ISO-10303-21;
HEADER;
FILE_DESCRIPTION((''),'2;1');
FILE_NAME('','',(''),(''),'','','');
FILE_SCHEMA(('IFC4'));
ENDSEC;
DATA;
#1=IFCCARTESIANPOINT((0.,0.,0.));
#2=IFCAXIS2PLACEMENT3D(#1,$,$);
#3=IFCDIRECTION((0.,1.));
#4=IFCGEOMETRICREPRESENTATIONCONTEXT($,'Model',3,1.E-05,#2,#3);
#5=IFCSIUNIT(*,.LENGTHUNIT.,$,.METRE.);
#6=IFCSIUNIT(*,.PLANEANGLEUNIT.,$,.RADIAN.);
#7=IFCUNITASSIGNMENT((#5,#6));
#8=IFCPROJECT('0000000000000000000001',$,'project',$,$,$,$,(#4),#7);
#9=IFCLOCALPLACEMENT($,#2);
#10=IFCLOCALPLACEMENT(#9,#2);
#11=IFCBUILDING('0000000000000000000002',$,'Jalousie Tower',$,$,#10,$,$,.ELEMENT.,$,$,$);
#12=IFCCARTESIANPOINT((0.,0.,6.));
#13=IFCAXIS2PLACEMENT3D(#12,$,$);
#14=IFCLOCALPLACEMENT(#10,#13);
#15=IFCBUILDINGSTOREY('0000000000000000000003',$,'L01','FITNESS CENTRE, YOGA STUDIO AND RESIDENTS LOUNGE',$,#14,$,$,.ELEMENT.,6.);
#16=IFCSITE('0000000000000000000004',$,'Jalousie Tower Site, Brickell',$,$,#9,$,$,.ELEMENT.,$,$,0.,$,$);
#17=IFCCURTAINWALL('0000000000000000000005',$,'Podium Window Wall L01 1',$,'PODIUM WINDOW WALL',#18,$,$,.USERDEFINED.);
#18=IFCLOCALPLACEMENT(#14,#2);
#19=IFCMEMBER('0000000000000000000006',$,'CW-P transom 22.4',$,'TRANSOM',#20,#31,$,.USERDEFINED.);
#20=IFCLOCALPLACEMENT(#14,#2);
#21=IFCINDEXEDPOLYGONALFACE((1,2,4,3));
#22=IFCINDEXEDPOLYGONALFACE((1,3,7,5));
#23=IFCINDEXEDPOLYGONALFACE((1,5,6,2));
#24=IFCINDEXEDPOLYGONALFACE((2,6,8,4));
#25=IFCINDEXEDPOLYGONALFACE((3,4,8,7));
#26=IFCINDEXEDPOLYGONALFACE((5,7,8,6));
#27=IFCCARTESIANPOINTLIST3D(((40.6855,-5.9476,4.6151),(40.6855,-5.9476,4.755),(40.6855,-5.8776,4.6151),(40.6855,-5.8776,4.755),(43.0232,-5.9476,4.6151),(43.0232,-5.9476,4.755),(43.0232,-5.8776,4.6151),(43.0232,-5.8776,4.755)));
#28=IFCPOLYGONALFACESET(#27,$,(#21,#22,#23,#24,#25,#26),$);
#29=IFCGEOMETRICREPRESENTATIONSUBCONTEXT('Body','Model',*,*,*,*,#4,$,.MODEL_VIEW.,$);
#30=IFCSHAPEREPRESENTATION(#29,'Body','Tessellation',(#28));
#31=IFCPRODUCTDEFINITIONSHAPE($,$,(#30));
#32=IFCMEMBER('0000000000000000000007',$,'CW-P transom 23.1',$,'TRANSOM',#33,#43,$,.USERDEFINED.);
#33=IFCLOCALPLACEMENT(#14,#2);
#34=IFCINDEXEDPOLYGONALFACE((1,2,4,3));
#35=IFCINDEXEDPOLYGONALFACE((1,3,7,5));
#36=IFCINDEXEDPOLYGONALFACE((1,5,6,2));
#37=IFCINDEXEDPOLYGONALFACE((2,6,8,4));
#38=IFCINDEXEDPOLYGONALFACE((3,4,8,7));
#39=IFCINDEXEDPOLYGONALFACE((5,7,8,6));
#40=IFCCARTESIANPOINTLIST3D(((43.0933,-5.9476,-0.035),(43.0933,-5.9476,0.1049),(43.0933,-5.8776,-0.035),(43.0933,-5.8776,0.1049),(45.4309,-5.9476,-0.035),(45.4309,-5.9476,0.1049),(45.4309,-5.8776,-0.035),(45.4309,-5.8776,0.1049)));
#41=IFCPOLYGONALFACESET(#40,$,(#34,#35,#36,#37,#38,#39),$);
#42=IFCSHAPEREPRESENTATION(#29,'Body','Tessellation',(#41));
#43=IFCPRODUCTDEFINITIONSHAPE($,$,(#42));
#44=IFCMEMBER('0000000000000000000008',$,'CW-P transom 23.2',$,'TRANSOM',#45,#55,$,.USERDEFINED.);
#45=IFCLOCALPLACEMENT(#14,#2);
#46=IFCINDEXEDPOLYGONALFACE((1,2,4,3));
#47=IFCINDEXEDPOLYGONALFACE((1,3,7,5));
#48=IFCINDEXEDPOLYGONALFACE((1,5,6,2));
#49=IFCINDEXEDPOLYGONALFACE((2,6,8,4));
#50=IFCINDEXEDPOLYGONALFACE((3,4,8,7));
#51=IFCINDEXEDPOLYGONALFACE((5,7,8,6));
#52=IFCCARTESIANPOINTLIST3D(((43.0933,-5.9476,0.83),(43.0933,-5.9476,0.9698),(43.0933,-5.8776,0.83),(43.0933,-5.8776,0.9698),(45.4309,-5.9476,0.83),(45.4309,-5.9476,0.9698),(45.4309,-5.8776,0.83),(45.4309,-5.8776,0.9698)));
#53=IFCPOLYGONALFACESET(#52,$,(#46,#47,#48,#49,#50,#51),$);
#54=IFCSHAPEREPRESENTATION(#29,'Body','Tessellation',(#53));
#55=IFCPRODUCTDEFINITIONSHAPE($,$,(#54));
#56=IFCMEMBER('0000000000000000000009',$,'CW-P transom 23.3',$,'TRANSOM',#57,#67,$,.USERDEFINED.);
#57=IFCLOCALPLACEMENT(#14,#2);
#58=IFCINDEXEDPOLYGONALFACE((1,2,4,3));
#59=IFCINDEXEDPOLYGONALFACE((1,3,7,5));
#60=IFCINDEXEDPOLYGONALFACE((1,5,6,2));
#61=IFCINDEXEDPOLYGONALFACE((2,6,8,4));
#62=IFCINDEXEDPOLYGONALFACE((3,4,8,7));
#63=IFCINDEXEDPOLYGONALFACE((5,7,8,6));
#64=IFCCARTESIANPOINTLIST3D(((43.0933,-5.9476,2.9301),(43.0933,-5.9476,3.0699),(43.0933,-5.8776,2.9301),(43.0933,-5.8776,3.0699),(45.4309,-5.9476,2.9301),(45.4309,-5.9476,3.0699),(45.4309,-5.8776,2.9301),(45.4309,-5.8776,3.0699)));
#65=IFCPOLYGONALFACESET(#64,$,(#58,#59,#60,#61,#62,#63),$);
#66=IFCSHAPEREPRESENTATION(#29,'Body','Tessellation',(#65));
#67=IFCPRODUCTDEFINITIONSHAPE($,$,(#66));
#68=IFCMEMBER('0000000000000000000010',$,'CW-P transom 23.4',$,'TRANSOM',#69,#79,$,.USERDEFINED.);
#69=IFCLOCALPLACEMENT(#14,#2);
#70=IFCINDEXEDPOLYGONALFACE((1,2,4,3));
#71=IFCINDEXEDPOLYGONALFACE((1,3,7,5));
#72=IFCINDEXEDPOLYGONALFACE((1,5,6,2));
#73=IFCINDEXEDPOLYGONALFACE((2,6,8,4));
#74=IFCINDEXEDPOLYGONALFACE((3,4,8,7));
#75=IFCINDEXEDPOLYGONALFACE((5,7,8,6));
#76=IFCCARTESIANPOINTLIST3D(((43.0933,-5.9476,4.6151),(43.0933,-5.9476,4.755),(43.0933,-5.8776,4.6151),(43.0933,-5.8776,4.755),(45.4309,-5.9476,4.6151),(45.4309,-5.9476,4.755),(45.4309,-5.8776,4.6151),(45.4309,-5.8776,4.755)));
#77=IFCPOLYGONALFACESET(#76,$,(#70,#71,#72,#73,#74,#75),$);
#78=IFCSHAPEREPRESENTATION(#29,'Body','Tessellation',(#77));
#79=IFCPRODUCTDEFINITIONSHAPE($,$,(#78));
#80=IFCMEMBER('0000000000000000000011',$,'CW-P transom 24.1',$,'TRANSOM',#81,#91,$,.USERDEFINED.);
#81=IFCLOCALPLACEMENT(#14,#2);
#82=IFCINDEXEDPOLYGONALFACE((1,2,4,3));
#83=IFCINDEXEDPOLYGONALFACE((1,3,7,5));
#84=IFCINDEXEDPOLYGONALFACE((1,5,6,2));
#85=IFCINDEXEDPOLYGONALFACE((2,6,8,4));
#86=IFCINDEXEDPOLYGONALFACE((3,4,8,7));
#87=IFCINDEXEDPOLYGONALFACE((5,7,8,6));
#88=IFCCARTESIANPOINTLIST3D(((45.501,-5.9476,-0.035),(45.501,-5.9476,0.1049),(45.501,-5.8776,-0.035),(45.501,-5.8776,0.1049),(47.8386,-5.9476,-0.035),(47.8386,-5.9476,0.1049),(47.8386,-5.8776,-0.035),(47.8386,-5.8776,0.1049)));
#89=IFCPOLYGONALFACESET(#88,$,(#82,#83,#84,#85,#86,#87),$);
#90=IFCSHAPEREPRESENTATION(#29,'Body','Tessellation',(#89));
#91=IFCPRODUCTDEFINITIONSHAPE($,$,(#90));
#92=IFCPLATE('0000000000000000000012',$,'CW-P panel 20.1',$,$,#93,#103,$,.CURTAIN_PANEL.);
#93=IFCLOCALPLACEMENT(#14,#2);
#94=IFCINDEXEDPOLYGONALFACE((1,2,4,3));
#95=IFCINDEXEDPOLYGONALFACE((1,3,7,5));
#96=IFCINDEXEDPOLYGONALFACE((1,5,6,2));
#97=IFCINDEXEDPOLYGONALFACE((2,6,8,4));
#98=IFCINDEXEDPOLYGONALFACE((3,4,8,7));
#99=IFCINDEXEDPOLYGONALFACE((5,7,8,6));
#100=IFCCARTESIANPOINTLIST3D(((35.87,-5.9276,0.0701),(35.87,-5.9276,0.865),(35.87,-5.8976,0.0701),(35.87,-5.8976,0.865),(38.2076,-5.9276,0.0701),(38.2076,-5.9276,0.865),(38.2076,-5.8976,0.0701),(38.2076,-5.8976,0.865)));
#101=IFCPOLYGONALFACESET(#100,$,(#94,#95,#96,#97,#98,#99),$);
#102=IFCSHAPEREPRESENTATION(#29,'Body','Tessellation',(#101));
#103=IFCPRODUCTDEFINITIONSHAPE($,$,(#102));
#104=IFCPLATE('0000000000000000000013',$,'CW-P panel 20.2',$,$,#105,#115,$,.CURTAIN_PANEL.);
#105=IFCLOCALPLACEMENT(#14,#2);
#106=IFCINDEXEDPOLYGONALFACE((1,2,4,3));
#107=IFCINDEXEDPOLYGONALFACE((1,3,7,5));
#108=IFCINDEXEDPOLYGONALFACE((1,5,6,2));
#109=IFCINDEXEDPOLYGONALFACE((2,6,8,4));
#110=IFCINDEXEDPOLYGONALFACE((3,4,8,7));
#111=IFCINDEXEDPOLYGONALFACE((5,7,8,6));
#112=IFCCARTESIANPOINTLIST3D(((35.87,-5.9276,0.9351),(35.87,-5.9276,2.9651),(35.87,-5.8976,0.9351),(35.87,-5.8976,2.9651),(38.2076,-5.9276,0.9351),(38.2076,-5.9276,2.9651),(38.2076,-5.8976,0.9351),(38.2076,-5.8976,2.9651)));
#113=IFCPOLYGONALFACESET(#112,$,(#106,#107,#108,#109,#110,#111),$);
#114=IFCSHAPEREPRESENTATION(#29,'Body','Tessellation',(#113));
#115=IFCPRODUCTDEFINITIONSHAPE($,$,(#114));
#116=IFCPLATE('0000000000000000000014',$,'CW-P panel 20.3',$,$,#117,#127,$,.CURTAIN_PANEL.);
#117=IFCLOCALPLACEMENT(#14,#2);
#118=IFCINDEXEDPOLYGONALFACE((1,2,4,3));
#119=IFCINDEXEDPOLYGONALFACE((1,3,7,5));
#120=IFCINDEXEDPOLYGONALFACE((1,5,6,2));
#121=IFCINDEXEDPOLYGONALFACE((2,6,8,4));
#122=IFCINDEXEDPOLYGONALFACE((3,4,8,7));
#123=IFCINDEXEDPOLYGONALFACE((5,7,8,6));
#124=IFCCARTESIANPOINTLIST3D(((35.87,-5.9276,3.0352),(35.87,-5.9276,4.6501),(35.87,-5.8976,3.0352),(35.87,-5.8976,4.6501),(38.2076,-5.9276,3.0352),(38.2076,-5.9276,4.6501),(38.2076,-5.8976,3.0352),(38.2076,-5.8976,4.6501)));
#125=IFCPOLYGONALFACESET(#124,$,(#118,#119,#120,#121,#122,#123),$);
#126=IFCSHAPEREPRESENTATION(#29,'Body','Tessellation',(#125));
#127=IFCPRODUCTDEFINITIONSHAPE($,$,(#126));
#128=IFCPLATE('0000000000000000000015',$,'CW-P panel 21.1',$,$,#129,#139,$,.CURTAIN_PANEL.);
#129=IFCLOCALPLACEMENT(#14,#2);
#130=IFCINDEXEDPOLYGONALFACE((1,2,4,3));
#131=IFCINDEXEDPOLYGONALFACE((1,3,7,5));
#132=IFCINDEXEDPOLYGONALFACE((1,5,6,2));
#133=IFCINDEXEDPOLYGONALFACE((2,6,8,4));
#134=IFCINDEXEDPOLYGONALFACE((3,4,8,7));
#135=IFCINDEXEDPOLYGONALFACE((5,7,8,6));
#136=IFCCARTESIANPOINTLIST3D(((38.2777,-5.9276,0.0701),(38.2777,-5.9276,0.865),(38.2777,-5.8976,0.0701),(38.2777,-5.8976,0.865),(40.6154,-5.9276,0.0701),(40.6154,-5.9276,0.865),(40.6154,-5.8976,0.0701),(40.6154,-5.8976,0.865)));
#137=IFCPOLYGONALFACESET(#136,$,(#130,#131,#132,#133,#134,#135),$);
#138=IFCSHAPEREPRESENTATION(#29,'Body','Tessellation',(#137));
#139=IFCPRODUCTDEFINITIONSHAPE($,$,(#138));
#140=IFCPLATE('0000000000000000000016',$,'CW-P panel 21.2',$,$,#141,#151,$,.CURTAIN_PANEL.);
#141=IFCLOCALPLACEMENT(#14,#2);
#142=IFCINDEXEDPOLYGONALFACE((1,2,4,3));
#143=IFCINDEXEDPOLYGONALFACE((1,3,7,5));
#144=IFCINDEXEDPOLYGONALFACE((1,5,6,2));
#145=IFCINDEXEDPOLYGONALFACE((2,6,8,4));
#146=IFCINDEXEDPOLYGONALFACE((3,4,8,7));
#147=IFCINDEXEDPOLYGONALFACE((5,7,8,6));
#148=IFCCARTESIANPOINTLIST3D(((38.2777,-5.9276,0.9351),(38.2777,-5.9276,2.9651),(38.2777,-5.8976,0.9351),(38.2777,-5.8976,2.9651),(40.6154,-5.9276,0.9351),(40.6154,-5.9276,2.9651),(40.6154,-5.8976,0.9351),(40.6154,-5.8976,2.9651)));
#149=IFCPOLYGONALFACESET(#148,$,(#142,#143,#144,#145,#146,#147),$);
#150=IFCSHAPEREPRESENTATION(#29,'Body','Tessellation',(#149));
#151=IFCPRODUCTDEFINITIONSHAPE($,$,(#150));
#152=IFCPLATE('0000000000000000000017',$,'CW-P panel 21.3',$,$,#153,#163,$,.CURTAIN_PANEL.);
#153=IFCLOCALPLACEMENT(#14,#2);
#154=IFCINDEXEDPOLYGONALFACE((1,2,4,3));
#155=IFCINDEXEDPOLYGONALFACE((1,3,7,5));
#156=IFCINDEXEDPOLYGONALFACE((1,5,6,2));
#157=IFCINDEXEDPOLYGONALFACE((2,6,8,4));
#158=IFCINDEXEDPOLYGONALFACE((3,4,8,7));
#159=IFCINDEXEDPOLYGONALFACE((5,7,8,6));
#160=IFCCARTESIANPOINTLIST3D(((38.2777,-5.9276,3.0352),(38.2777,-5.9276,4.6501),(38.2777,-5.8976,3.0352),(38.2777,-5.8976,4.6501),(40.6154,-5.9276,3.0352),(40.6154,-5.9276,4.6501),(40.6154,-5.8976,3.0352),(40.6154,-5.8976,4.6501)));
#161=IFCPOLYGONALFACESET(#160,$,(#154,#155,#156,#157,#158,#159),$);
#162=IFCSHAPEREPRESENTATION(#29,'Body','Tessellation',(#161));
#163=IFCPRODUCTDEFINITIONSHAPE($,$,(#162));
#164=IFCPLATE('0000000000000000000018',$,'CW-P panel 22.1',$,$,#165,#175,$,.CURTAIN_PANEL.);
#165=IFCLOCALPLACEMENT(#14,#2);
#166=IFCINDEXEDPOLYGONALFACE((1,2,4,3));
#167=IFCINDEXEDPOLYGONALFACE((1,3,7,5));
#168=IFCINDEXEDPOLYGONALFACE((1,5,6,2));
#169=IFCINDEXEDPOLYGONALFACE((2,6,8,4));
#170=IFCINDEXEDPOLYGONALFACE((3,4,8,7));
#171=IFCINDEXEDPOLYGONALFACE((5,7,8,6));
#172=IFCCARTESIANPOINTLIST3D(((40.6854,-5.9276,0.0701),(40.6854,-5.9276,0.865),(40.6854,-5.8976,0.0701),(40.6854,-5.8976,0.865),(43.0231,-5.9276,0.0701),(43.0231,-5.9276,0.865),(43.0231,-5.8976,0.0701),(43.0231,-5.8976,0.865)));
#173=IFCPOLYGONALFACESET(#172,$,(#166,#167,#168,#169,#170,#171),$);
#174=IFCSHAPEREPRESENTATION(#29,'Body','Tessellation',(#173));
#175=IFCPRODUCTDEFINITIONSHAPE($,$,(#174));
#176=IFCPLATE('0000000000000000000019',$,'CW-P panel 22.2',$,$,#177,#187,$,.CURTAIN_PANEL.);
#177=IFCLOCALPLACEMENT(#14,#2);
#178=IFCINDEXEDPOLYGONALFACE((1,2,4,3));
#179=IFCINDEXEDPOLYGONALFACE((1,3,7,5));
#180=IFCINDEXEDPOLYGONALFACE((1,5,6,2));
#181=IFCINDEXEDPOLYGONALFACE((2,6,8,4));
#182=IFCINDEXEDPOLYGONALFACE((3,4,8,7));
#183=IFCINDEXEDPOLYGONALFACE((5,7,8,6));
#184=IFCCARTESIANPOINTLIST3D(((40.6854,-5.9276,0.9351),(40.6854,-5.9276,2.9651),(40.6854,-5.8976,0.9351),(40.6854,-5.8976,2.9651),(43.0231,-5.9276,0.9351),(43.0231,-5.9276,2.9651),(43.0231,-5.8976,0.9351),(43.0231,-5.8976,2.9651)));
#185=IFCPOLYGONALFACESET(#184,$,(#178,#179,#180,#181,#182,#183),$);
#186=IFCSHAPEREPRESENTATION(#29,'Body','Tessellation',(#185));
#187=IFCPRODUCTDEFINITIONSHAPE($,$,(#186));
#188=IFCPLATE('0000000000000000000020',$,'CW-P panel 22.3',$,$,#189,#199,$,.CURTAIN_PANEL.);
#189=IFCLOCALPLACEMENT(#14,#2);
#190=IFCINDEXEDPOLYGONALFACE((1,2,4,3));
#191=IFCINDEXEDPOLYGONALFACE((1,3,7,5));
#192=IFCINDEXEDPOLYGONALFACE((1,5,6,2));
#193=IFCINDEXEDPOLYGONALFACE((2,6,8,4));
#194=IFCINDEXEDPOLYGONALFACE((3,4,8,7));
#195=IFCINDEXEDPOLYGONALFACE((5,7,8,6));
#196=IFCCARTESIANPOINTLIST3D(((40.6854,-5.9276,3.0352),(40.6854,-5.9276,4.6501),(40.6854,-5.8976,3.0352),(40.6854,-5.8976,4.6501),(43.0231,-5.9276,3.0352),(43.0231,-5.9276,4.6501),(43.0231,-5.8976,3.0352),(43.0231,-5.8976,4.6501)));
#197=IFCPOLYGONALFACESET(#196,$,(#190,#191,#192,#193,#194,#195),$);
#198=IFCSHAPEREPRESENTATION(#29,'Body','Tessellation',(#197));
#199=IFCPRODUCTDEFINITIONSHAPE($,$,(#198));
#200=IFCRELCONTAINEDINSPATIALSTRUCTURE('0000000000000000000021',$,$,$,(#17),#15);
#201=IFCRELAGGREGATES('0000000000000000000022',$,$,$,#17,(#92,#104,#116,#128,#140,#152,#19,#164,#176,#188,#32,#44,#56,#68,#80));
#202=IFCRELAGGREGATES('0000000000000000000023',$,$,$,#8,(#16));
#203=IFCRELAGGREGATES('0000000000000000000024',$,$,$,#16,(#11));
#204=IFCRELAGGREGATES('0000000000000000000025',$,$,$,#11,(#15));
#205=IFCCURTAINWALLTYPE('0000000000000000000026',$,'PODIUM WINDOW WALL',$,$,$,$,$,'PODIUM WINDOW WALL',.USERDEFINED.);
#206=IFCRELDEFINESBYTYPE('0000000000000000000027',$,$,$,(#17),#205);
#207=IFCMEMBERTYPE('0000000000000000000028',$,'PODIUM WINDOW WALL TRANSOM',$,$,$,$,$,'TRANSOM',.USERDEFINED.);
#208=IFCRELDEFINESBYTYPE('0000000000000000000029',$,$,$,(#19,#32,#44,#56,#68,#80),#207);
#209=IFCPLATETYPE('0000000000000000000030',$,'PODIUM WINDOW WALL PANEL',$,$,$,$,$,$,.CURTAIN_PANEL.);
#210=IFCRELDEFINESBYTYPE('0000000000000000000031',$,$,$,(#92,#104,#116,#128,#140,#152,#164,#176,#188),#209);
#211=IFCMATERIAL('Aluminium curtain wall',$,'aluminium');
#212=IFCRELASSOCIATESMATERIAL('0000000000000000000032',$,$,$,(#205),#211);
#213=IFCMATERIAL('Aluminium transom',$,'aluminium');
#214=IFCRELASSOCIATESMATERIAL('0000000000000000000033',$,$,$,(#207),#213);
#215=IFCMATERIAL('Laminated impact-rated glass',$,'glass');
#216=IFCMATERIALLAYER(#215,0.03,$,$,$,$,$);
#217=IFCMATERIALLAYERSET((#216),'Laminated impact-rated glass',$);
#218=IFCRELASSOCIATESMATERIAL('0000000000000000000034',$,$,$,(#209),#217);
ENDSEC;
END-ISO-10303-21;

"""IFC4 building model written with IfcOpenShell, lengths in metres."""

from ifc_helpers import new_model, si_unit, direction, frame, origin, origin_2d, place, context, subcontext, project, spatial, rectangle, extrude, material, layer, layer_set, material_profile, profile_set, type_object, element, aggregate, save


model = new_model("IFC4")

# Units and contexts
model_context = context("Model", 3, precision=1e-05, world=origin(), true_north=direction((0.0, 1.0)))
body_context = subcontext(model_context, "Body", "Model", "MODEL_VIEW")
ifc_project = project(units=[si_unit("LENGTHUNIT", "METRE"), si_unit("PLANEANGLEUNIT", "RADIAN")], contexts=[model_context])

# Site, building, storey
site_placement = place(None, origin())
site = spatial("IfcSite", under=ifc_project, at=site_placement, Name="Jalousie Tower Site, Brickell", CompositionType="ELEMENT", RefElevation=0.0)
building_placement = place(site_placement, origin())
building = spatial("IfcBuilding", under=site, at=building_placement, Name="Jalousie Tower", CompositionType="ELEMENT")
storey_placement = place(building_placement, frame((0.0, 0.0, 6.0)))
storey = spatial("IfcBuildingStorey", under=building, at=storey_placement, Name="L01", Description="FITNESS CENTRE, YOGA STUDIO AND RESIDENTS LOUNGE", CompositionType="ELEMENT", Elevation=6.0)

# Curtain wall, members, plates
ifc_material_1 = material(Name="Aluminium curtain wall", Category="aluminium")
curtain_wall_type = type_object("IfcCurtainWallType", Name="PODIUM WINDOW WALL", ElementType="PODIUM WINDOW WALL", PredefinedType="USERDEFINED", material=ifc_material_1)
curtain_wall_placement = place(storey_placement, origin())
curtain_wall = element("IfcCurtainWall", 1, at=curtain_wall_placement, inside=storey, type_object=curtain_wall_type, Name="Podium Window Wall L01 1", ObjectType="PODIUM WINDOW WALL", PredefinedType="USERDEFINED")
ifc_material_2 = material(Name="Aluminium transom", Category="aluminium")
ifc_material_profile_1 = material_profile(ifc_material_2, rectangle(XDim=0.0701, YDim=0.1399, at=origin_2d()), Name="TRANSOM 70x140")
ifc_profile_set_1 = profile_set([ifc_material_profile_1], Name="Aluminium transom")
member_type_1 = type_object("IfcMemberType", Name="PODIUM WINDOW WALL TRANSOM", ElementType="TRANSOM", PredefinedType="USERDEFINED", material=ifc_profile_set_1)
member_1_placement = place(storey_placement, frame((40.6855, -5.9126, 4.6851), z_axis=(1.0, 0.0, 0.0), x_axis=(0.0, 1.0, 0.0)))
member_1 = element("IfcMember", 2, at=member_1_placement, type_object=member_type_1, Name="CW-P transom 22.4", ObjectType="TRANSOM", PredefinedType="USERDEFINED", context=body_context, shape_type="SweptSolid", body=[
    extrude(rectangle(XDim=0.0701, YDim=0.1399, at=origin_2d()), origin(), (0.0, 0.0, 1.0), 2.3376),
])
member_2_placement = place(storey_placement, frame((43.0933, -5.9126, 0.0349), z_axis=(1.0, 0.0, 0.0), x_axis=(0.0, 1.0, 0.0)))
member_2 = element("IfcMember", 3, at=member_2_placement, type_object=member_type_1, Name="CW-P transom 23.1", ObjectType="TRANSOM", PredefinedType="USERDEFINED", context=body_context, shape_type="SweptSolid", body=[
    extrude(rectangle(XDim=0.0701, YDim=0.1399, at=origin_2d()), origin(), (0.0, 0.0, 1.0), 2.3376),
])
member_3_placement = place(storey_placement, frame((43.0933, -5.9126, 0.8999), z_axis=(1.0, 0.0, 0.0), x_axis=(0.0, 1.0, 0.0)))
member_3 = element("IfcMember", 4, at=member_3_placement, type_object=member_type_1, Name="CW-P transom 23.2", ObjectType="TRANSOM", PredefinedType="USERDEFINED", context=body_context, shape_type="SweptSolid", body=[
    extrude(rectangle(XDim=0.0701, YDim=0.1399, at=origin_2d()), origin(), (0.0, 0.0, 1.0), 2.3376),
])
member_4_placement = place(storey_placement, frame((43.0933, -5.9126, 3.0), z_axis=(1.0, 0.0, 0.0), x_axis=(0.0, 1.0, 0.0)))
member_4 = element("IfcMember", 5, at=member_4_placement, type_object=member_type_1, Name="CW-P transom 23.3", ObjectType="TRANSOM", PredefinedType="USERDEFINED", context=body_context, shape_type="SweptSolid", body=[
    extrude(rectangle(XDim=0.0701, YDim=0.1399, at=origin_2d()), origin(), (0.0, 0.0, 1.0), 2.3376),
])
member_5_placement = place(storey_placement, frame((43.0933, -5.9126, 4.6851), z_axis=(1.0, 0.0, 0.0), x_axis=(0.0, 1.0, 0.0)))
member_5 = element("IfcMember", 6, at=member_5_placement, type_object=member_type_1, Name="CW-P transom 23.4", ObjectType="TRANSOM", PredefinedType="USERDEFINED", context=body_context, shape_type="SweptSolid", body=[
    extrude(rectangle(XDim=0.0701, YDim=0.1399, at=origin_2d()), origin(), (0.0, 0.0, 1.0), 2.3376),
])
member_6_placement = place(storey_placement, frame((45.501, -5.9126, 0.0349), z_axis=(1.0, 0.0, 0.0), x_axis=(0.0, 1.0, 0.0)))
member_6 = element("IfcMember", 7, at=member_6_placement, type_object=member_type_1, Name="CW-P transom 24.1", ObjectType="TRANSOM", PredefinedType="USERDEFINED", context=body_context, shape_type="SweptSolid", body=[
    extrude(rectangle(XDim=0.0701, YDim=0.1399, at=origin_2d()), origin(), (0.0, 0.0, 1.0), 2.3376),
])
ifc_material_3 = material(Name="Laminated impact-rated glass", Category="glass")
ifc_layer = layer(ifc_material_3, 0.03)
ifc_layer_set = layer_set([ifc_layer], Name="Laminated impact-rated glass")
plate_type = type_object("IfcPlateType", Name="PODIUM WINDOW WALL PANEL", PredefinedType="CURTAIN_PANEL", material=ifc_layer_set)
plate_1_placement = place(storey_placement, frame((37.0388, -5.9126, 0.0701), z_axis=(0.0, 0.0, 1.0), x_axis=(1.0, 0.0, 0.0)))
plate_1 = element("IfcPlate", 8, at=plate_1_placement, type_object=plate_type, Name="CW-P panel 20.1", PredefinedType="CURTAIN_PANEL", context=body_context, shape_type="SweptSolid", body=[
    extrude(rectangle(XDim=2.3376, YDim=0.03, at=origin_2d()), origin(), (0.0, 0.0, 1.0), 0.7949),
])
plate_2_placement = place(storey_placement, frame((37.0388, -5.9126, 0.9351), z_axis=(0.0, 0.0, 1.0), x_axis=(1.0, 0.0, 0.0)))
plate_2 = element("IfcPlate", 9, at=plate_2_placement, type_object=plate_type, Name="CW-P panel 20.2", PredefinedType="CURTAIN_PANEL", context=body_context, shape_type="SweptSolid", body=[
    extrude(rectangle(XDim=2.3376, YDim=0.03, at=origin_2d()), origin(), (0.0, 0.0, 1.0), 2.03),
])
plate_3_placement = place(storey_placement, frame((37.0388, -5.9126, 3.0352), z_axis=(0.0, 0.0, 1.0), x_axis=(1.0, 0.0, 0.0)))
plate_3 = element("IfcPlate", 10, at=plate_3_placement, type_object=plate_type, Name="CW-P panel 20.3", PredefinedType="CURTAIN_PANEL", context=body_context, shape_type="SweptSolid", body=[
    extrude(rectangle(XDim=2.3376, YDim=0.03, at=origin_2d()), origin(), (0.0, 0.0, 1.0), 1.615),
])
plate_4_placement = place(storey_placement, frame((39.4465, -5.9126, 0.0701), z_axis=(0.0, 0.0, 1.0), x_axis=(1.0, 0.0, 0.0)))
plate_4 = element("IfcPlate", 11, at=plate_4_placement, type_object=plate_type, Name="CW-P panel 21.1", PredefinedType="CURTAIN_PANEL", context=body_context, shape_type="SweptSolid", body=[
    extrude(rectangle(XDim=2.3376, YDim=0.03, at=origin_2d()), origin(), (0.0, 0.0, 1.0), 0.7949),
])
plate_5_placement = place(storey_placement, frame((39.4465, -5.9126, 0.9351), z_axis=(0.0, 0.0, 1.0), x_axis=(1.0, 0.0, 0.0)))
plate_5 = element("IfcPlate", 12, at=plate_5_placement, type_object=plate_type, Name="CW-P panel 21.2", PredefinedType="CURTAIN_PANEL", context=body_context, shape_type="SweptSolid", body=[
    extrude(rectangle(XDim=2.3376, YDim=0.03, at=origin_2d()), origin(), (0.0, 0.0, 1.0), 2.03),
])
plate_6_placement = place(storey_placement, frame((39.4465, -5.9126, 3.0352), z_axis=(0.0, 0.0, 1.0), x_axis=(1.0, 0.0, 0.0)))
plate_6 = element("IfcPlate", 13, at=plate_6_placement, type_object=plate_type, Name="CW-P panel 21.3", PredefinedType="CURTAIN_PANEL", context=body_context, shape_type="SweptSolid", body=[
    extrude(rectangle(XDim=2.3376, YDim=0.03, at=origin_2d()), origin(), (0.0, 0.0, 1.0), 1.615),
])
plate_7_placement = place(storey_placement, frame((41.8542, -5.9126, 0.0701), z_axis=(0.0, 0.0, 1.0), x_axis=(1.0, 0.0, 0.0)))
plate_7 = element("IfcPlate", 14, at=plate_7_placement, type_object=plate_type, Name="CW-P panel 22.1", PredefinedType="CURTAIN_PANEL", context=body_context, shape_type="SweptSolid", body=[
    extrude(rectangle(XDim=2.3376, YDim=0.03, at=origin_2d()), origin(), (0.0, 0.0, 1.0), 0.7949),
])
plate_8_placement = place(storey_placement, frame((41.8542, -5.9126, 0.9351), z_axis=(0.0, 0.0, 1.0), x_axis=(1.0, 0.0, 0.0)))
plate_8 = element("IfcPlate", 15, at=plate_8_placement, type_object=plate_type, Name="CW-P panel 22.2", PredefinedType="CURTAIN_PANEL", context=body_context, shape_type="SweptSolid", body=[
    extrude(rectangle(XDim=2.3376, YDim=0.03, at=origin_2d()), origin(), (0.0, 0.0, 1.0), 2.03),
])
plate_9_placement = place(storey_placement, frame((41.8542, -5.9126, 3.0352), z_axis=(0.0, 0.0, 1.0), x_axis=(1.0, 0.0, 0.0)))
plate_9 = element("IfcPlate", 16, at=plate_9_placement, type_object=plate_type, Name="CW-P panel 22.3", PredefinedType="CURTAIN_PANEL", context=body_context, shape_type="SweptSolid", body=[
    extrude(rectangle(XDim=2.3376, YDim=0.03, at=origin_2d()), origin(), (0.0, 0.0, 1.0), 1.615),
])
aggregate(curtain_wall, [plate_1, plate_2, plate_3, plate_4, plate_5, plate_6, member_1, plate_7, plate_8, plate_9, member_2, member_3, member_4, member_5, member_6])

save(model, "model.ifc")
